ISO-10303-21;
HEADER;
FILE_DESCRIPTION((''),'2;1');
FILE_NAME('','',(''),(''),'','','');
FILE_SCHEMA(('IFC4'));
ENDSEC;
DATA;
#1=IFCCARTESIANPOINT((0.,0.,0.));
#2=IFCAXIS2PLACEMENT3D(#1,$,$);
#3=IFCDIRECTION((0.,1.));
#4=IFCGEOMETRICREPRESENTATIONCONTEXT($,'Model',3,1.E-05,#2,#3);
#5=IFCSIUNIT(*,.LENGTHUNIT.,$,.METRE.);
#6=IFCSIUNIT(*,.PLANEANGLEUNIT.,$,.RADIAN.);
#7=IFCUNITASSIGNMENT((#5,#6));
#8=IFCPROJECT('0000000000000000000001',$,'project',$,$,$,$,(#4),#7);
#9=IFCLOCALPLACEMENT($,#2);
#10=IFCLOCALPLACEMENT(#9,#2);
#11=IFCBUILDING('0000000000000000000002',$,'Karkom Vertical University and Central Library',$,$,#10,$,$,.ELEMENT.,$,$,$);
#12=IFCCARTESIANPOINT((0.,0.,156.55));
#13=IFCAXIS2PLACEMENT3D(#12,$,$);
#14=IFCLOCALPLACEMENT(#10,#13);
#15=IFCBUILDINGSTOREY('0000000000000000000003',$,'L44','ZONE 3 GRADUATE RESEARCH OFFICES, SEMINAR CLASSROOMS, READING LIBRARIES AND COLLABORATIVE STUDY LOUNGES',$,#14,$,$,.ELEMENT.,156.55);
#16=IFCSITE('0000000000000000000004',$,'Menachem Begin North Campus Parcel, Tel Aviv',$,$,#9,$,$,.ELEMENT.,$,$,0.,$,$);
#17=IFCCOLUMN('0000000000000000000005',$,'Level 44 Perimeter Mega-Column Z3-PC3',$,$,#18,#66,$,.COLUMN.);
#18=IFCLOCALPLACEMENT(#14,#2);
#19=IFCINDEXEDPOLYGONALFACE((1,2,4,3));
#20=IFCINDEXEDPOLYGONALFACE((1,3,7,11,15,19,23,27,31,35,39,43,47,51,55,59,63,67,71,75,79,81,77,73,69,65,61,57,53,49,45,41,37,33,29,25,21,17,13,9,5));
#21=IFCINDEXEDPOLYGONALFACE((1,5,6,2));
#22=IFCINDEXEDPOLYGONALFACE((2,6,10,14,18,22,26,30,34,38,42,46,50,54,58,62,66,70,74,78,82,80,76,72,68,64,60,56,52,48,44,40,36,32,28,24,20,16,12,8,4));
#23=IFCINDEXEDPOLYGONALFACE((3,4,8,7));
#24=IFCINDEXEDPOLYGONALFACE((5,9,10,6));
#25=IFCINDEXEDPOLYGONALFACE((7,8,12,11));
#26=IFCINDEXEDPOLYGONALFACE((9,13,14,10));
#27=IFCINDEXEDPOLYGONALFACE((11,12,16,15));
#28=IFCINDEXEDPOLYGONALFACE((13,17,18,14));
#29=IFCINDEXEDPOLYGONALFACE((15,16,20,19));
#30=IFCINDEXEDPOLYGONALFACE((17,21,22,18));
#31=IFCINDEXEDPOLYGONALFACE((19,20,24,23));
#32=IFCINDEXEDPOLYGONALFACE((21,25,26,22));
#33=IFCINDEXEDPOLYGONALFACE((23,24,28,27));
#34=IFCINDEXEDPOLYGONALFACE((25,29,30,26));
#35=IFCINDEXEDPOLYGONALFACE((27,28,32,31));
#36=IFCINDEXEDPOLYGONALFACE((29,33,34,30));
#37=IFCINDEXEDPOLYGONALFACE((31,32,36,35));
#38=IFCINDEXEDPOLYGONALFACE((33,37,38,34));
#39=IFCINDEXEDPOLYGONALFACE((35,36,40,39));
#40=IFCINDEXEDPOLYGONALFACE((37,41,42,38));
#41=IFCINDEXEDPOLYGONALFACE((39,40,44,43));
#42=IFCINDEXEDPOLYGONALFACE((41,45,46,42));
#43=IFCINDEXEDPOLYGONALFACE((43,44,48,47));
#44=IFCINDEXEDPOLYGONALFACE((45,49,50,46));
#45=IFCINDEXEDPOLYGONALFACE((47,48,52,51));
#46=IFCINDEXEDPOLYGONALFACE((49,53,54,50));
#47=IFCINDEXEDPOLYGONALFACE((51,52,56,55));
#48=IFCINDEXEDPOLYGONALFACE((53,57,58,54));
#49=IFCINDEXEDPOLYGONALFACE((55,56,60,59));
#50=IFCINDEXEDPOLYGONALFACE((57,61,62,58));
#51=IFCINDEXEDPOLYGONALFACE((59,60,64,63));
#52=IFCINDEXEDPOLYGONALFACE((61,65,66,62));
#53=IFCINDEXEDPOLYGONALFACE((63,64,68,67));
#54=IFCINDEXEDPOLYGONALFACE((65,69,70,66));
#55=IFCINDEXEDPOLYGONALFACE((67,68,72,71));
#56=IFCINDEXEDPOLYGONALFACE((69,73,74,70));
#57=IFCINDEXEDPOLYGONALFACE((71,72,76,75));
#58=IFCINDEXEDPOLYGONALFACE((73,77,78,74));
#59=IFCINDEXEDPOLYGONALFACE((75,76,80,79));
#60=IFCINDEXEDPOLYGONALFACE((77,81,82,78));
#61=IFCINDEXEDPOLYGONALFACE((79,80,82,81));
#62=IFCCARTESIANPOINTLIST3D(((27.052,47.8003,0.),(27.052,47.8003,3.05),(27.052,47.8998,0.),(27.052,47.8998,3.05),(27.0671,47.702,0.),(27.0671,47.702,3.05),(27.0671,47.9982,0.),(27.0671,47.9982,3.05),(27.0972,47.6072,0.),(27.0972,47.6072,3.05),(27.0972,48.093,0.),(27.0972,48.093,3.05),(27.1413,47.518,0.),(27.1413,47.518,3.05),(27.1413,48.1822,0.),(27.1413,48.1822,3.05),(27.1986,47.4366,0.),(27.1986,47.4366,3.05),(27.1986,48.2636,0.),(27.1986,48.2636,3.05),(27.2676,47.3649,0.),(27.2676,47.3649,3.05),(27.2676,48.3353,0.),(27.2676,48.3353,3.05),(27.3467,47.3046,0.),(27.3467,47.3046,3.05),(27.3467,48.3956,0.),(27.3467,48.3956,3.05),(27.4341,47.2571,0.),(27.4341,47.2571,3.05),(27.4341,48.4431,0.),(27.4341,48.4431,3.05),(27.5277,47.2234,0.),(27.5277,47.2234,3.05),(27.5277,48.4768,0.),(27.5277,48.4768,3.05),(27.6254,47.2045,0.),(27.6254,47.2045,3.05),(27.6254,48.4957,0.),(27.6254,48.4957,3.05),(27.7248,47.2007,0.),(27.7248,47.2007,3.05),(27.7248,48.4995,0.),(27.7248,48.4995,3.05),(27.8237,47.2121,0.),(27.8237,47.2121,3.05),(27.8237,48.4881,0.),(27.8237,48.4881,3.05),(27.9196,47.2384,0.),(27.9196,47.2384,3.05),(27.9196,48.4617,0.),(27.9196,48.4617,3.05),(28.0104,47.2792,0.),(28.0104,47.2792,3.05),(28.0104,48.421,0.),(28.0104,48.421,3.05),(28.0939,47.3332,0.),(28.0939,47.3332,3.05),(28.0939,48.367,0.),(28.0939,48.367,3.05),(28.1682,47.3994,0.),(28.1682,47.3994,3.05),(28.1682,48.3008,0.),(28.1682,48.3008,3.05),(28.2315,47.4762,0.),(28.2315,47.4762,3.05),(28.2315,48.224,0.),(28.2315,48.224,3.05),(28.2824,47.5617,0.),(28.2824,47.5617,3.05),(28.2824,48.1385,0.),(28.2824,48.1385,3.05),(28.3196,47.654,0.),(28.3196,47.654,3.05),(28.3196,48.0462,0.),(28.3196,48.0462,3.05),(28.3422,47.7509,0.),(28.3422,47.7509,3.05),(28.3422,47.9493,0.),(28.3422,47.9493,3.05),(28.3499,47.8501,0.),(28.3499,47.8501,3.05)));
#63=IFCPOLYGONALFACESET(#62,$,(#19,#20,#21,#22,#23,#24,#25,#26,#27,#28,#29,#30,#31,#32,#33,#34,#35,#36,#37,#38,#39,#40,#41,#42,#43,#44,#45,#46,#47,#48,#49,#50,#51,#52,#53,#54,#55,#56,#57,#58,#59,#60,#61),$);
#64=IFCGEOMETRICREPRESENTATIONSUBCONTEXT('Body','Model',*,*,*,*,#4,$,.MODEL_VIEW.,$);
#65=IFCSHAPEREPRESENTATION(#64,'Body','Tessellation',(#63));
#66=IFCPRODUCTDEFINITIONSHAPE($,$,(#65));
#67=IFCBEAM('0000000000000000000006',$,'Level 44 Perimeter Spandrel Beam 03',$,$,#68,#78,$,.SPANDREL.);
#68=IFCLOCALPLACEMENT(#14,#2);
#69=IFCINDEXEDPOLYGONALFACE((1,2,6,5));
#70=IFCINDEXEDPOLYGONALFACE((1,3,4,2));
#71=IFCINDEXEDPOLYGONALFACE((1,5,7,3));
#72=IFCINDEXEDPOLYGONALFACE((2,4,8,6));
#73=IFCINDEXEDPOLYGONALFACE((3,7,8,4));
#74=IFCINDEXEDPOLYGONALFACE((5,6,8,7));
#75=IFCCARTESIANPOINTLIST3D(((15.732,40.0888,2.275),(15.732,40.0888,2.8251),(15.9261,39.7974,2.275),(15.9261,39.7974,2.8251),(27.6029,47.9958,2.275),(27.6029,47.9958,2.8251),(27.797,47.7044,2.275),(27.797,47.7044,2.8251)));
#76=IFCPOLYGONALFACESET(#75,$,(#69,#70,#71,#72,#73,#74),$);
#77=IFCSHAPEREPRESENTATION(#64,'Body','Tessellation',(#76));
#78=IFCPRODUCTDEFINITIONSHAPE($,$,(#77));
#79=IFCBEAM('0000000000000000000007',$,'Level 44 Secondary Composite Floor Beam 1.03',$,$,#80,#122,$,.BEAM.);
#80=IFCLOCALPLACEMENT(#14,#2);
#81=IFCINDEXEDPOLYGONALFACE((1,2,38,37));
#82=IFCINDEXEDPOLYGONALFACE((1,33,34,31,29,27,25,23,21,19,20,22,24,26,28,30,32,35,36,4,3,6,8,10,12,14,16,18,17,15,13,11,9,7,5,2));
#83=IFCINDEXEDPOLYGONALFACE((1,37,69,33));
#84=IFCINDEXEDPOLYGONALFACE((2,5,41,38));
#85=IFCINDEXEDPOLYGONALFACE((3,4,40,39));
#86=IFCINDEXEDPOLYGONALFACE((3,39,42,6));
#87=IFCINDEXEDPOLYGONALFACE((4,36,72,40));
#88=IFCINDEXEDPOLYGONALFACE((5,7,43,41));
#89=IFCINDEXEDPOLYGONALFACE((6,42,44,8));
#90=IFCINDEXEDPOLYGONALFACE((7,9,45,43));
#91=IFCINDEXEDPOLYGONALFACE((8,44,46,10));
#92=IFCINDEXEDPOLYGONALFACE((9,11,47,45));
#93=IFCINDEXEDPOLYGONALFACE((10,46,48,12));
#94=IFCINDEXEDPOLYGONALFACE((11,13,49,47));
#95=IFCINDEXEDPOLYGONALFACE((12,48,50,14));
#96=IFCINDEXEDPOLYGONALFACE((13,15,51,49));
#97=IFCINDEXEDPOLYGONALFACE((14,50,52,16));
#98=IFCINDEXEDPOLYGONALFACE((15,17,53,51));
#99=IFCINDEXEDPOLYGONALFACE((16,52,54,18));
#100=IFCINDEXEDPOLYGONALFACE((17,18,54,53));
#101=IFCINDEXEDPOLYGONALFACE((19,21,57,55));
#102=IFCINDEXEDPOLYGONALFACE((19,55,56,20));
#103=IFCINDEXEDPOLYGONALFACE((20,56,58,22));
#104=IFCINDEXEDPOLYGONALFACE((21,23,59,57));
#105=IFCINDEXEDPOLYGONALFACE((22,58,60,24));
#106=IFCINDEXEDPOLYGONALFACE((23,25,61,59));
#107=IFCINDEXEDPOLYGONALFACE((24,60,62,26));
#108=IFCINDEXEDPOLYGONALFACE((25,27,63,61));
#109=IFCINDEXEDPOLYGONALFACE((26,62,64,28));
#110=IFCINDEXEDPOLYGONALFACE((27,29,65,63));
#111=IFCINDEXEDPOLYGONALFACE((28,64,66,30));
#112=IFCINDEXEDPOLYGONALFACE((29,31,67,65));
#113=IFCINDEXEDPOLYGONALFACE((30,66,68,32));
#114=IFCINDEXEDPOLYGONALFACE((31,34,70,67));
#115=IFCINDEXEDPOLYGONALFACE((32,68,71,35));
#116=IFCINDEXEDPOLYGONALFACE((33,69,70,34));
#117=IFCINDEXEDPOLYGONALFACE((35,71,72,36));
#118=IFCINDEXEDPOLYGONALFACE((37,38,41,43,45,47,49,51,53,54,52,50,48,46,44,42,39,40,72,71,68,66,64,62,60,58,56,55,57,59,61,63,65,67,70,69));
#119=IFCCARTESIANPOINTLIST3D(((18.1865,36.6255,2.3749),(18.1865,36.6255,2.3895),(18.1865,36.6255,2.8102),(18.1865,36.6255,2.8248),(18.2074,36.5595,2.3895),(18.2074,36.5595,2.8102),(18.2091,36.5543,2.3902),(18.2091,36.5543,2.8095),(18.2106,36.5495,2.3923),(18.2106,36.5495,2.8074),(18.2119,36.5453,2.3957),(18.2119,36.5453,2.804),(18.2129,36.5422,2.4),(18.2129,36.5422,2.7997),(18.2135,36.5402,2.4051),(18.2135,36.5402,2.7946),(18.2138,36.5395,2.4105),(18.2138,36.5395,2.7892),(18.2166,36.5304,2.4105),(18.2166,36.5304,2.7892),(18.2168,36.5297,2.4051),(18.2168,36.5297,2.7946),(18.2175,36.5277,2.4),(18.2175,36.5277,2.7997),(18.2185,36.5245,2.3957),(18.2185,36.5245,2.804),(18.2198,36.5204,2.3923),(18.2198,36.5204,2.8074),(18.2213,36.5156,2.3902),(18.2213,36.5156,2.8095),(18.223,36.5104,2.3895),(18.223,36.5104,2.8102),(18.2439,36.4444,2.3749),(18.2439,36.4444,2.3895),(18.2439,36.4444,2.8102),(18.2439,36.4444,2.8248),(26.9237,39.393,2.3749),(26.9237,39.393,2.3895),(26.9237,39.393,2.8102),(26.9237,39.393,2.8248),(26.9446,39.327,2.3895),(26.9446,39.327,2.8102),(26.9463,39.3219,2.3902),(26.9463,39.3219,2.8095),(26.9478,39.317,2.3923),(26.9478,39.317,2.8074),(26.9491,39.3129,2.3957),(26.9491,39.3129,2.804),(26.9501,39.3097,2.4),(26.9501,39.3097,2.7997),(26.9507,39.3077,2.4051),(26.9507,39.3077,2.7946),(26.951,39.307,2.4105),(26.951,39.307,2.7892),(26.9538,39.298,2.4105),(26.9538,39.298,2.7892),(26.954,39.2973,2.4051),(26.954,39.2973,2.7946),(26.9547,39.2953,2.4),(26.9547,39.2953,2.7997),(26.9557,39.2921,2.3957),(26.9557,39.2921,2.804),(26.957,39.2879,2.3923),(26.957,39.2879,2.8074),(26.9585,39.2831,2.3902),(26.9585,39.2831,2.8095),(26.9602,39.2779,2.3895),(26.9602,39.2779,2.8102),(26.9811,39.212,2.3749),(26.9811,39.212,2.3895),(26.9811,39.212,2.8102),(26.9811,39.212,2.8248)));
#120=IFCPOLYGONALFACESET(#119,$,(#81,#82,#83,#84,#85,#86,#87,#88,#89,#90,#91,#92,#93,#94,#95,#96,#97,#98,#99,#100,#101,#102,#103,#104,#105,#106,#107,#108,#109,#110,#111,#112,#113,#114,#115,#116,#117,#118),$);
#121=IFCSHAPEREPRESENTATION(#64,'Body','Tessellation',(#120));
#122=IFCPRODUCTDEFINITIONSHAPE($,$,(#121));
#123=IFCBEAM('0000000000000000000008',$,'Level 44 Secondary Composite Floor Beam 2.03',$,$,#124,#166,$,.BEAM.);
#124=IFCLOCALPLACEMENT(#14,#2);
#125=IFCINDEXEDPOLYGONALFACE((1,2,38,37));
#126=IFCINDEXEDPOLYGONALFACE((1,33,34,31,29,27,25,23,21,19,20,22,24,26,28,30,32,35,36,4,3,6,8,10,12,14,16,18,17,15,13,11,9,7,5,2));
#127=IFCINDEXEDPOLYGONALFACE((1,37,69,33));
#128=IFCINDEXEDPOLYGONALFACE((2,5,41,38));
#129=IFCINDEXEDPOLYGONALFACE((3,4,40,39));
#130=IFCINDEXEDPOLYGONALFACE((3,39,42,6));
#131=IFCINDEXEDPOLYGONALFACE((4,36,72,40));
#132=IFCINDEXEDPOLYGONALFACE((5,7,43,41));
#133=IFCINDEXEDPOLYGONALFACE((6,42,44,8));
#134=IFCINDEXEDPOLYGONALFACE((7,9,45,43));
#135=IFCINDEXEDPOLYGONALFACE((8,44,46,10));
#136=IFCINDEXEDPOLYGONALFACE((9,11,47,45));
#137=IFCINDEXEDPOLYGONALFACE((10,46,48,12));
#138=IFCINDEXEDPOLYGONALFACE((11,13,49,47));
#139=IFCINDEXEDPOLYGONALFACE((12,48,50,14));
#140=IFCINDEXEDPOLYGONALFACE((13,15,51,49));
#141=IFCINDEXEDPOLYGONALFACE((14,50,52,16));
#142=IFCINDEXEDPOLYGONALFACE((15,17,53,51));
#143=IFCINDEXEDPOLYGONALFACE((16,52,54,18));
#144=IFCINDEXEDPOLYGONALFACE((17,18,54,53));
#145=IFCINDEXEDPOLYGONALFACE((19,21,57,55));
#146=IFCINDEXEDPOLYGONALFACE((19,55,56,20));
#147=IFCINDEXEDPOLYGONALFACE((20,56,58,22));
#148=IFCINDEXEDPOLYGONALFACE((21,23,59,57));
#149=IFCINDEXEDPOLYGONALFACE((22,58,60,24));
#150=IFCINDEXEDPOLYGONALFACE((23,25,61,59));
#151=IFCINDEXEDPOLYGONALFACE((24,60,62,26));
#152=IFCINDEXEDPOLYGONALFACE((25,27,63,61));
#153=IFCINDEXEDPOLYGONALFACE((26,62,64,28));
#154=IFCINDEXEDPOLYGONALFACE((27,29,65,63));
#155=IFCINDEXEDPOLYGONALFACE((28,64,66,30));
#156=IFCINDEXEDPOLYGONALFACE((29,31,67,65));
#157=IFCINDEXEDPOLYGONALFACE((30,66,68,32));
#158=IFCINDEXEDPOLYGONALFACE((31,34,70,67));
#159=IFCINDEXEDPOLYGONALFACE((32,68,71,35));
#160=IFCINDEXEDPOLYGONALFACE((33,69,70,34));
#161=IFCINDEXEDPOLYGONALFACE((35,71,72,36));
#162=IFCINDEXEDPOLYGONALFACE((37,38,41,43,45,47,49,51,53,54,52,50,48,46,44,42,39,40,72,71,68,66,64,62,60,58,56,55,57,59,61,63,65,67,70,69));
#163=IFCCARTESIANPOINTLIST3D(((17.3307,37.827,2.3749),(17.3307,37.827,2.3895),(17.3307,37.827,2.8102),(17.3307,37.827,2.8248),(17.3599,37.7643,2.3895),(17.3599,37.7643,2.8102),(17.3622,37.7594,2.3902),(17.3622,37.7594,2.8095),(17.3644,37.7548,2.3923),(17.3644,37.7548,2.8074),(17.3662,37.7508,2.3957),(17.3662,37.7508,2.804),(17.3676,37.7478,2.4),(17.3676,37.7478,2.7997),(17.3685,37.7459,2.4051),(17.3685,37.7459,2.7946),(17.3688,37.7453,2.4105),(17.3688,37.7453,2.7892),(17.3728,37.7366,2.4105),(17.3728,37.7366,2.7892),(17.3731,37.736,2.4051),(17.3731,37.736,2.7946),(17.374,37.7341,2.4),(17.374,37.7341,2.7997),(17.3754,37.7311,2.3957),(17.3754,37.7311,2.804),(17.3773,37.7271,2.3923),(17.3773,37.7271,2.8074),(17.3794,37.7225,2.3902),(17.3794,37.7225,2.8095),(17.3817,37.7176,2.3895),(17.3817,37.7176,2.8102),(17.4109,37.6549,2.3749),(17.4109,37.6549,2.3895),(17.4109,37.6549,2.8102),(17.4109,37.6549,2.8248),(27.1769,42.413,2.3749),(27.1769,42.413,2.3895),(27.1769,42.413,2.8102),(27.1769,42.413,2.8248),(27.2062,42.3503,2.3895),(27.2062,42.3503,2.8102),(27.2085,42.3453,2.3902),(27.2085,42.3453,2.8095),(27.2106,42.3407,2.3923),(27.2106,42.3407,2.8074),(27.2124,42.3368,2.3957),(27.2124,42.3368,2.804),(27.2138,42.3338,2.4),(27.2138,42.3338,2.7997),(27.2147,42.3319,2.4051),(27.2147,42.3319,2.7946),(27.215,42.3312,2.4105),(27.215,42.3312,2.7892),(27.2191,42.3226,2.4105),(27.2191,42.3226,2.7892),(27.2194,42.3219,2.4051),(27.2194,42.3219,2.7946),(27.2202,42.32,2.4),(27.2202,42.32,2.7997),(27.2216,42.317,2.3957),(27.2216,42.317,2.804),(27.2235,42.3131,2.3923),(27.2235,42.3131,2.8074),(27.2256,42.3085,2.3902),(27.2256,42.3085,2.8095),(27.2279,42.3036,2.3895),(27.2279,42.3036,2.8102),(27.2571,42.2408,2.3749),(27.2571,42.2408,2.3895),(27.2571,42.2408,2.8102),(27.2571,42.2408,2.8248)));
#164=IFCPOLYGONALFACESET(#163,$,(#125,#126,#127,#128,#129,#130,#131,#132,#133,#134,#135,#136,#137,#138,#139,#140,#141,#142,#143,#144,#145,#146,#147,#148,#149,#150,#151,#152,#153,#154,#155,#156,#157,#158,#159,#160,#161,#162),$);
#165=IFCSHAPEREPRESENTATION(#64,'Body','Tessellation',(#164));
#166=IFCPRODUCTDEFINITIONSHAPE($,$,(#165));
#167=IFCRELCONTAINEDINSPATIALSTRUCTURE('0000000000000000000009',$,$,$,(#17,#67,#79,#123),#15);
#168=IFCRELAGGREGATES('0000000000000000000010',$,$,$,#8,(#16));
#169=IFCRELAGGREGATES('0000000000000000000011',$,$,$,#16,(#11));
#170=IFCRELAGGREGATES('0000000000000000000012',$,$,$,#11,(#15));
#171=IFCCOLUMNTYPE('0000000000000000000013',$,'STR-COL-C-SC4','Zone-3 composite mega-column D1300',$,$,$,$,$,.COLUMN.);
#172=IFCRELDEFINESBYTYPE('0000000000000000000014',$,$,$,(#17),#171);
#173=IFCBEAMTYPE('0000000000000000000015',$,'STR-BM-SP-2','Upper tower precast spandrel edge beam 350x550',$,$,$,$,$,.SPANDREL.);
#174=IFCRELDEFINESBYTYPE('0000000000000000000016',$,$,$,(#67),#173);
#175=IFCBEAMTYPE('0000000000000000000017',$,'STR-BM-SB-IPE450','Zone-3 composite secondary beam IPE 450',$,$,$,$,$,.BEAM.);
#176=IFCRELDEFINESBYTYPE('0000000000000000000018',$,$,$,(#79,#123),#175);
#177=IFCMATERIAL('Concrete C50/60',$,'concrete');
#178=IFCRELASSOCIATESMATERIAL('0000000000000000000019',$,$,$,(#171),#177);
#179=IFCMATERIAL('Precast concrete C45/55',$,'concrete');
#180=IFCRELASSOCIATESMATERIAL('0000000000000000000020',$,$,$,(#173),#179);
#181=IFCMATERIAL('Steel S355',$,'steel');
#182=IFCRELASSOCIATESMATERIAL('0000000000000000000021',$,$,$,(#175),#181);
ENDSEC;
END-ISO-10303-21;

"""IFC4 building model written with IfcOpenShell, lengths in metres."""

from ifc_helpers import new_model, si_unit, direction, frame, origin, origin_with_axes, origin_2d, place, context, subcontext, project, spatial, rectangle, circle, i_section, extrude, source, transform, mapped, material, material_profile, profile_set, type_object, element, save


model = new_model("IFC4")

# Units and contexts
model_context = context("Model", 3, precision=1e-05, world=origin(), true_north=direction((0.0, 1.0)))
body_context = subcontext(model_context, "Body", "Model", "MODEL_VIEW")
ifc_project = project(units=[si_unit("LENGTHUNIT", "METRE"), si_unit("PLANEANGLEUNIT", "RADIAN")], contexts=[model_context])

# Site, building, storey
site_placement = place(None, origin())
site = spatial("IfcSite", under=ifc_project, at=site_placement, Name="Menachem Begin North Campus Parcel, Tel Aviv", CompositionType="ELEMENT", RefElevation=0.0)
building_placement = place(site_placement, origin())
building = spatial("IfcBuilding", under=site, at=building_placement, Name="Karkom Vertical University and Central Library", CompositionType="ELEMENT")
storey_placement = place(building_placement, frame((0.0, 0.0, 156.55)))
storey = spatial("IfcBuildingStorey", under=building, at=storey_placement, Name="L44", Description="ZONE 3 GRADUATE RESEARCH OFFICES, SEMINAR CLASSROOMS, READING LIBRARIES AND COLLABORATIVE STUDY LOUNGES", CompositionType="ELEMENT", Elevation=156.55)

# Column
ifc_material_1 = material(Name="Concrete C50/60", Category="concrete")
ifc_material_profile_1 = material_profile(ifc_material_1, circle(Radius=0.6499, at=origin_2d()), Name="CFT-D1300")
ifc_profile_set_1 = profile_set([ifc_material_profile_1], Name="Concrete C50/60")
column_type = type_object("IfcColumnType", Name="STR-COL-C-SC4", Description="Zone-3 composite mega-column D1300", PredefinedType="COLUMN", material=ifc_profile_set_1)
shared_shape_1 = source(origin_with_axes(), body_context, "Body", "SweptSolid", [
    extrude(circle(Radius=0.6499, at=origin_2d()), origin(), (0.0, 0.0, 1.0), 3.05),
])
column_placement = place(storey_placement, frame((27.7, 47.8501, 0.0), z_axis=(0.0, 0.0, 1.0), x_axis=(1.0, 0.0, 0.0)))
element("IfcColumn", 1, at=column_placement, inside=storey, type_object=column_type, Name="Level 44 Perimeter Mega-Column Z3-PC3", PredefinedType="COLUMN", context=body_context, shape_type="MappedRepresentation", body=[
    mapped(shared_shape_1, transform((0.0, 0.0, 0.0), scale=1.0)),
])

# Beams
ifc_material_2 = material(Name="Precast concrete C45/55", Category="concrete")
ifc_material_profile_2 = material_profile(ifc_material_2, rectangle(XDim=0.3501, YDim=0.55, at=origin_2d()), Name="SPB-350x550")
ifc_profile_set_2 = profile_set([ifc_material_profile_2], Name="Precast concrete C45/55")
beam_type_1 = type_object("IfcBeamType", Name="STR-BM-SP-2", Description="Upper tower precast spandrel edge beam 350x550", PredefinedType="SPANDREL", material=ifc_profile_set_2)
shared_shape_2 = source(origin_with_axes(), body_context, "Body", "SweptSolid", [
    extrude(rectangle(XDim=0.3501, YDim=0.55, at=origin_2d()), origin(), (0.0, 0.0, 1.0), 14.2632),
])
beam_1_placement = place(storey_placement, frame((27.7, 47.8501, 2.55), z_axis=(-0.832274, -0.554364, 0.0), x_axis=(0.554364, -0.832274, 0.0)))
element("IfcBeam", 2, at=beam_1_placement, inside=storey, type_object=beam_type_1, Name="Level 44 Perimeter Spandrel Beam 03", PredefinedType="SPANDREL", context=body_context, shape_type="MappedRepresentation", body=[
    mapped(shared_shape_2, transform((0.0, 0.0, 0.0), scale=1.0)),
])
ifc_material_3 = material(Name="Steel S355", Category="steel")
ifc_material_profile_3 = material_profile(ifc_material_3, i_section(OverallWidth=0.1899, OverallDepth=0.45, WebThickness=0.0095, FlangeThickness=0.0146, FilletRadius=0.021, at=origin_2d()), Name="IPE 450")
ifc_profile_set_3 = profile_set([ifc_material_profile_3], Name="Steel S355")
beam_type_2 = type_object("IfcBeamType", Name="STR-BM-SB-IPE450", Description="Zone-3 composite secondary beam IPE 450", PredefinedType="BEAM", material=ifc_profile_set_3)
shared_shape_3 = source(origin_with_axes(), body_context, "Body", "SweptSolid", [
    extrude(i_section(OverallWidth=0.1899, OverallDepth=0.45, WebThickness=0.0095, FlangeThickness=0.0146, FilletRadius=0.021, at=origin_2d()), origin(), (0.0, 0.0, 1.0), 9.165),
])
beam_2_placement = place(storey_placement, frame((26.9524, 39.3025, 2.5999), z_axis=(-0.953318, -0.301968, 0.0), x_axis=(0.301968, -0.953318, 0.0)))
element("IfcBeam", 3, at=beam_2_placement, inside=storey, type_object=beam_type_2, Name="Level 44 Secondary Composite Floor Beam 1.03", PredefinedType="BEAM", context=body_context, shape_type="MappedRepresentation", body=[
    mapped(shared_shape_3, transform((0.0, 0.0, 0.0), scale=1.0)),
])
shared_shape_4 = source(origin_with_axes(), body_context, "Body", "SweptSolid", [
    extrude(i_section(OverallWidth=0.1899, OverallDepth=0.45, WebThickness=0.0095, FlangeThickness=0.0146, FilletRadius=0.021, at=origin_2d()), origin(), (0.0, 0.0, 1.0), 10.8618),
])
beam_3_placement = place(storey_placement, frame((27.217, 42.3269, 2.5999), z_axis=(-0.906499, -0.422209, 0.0), x_axis=(0.422209, -0.906499, 0.0)))
element("IfcBeam", 4, at=beam_3_placement, inside=storey, type_object=beam_type_2, Name="Level 44 Secondary Composite Floor Beam 2.03", PredefinedType="BEAM", context=body_context, shape_type="MappedRepresentation", body=[
    mapped(shared_shape_4, transform((0.0, 0.0, 0.0), scale=1.0)),
])

save(model, "model.ifc")
